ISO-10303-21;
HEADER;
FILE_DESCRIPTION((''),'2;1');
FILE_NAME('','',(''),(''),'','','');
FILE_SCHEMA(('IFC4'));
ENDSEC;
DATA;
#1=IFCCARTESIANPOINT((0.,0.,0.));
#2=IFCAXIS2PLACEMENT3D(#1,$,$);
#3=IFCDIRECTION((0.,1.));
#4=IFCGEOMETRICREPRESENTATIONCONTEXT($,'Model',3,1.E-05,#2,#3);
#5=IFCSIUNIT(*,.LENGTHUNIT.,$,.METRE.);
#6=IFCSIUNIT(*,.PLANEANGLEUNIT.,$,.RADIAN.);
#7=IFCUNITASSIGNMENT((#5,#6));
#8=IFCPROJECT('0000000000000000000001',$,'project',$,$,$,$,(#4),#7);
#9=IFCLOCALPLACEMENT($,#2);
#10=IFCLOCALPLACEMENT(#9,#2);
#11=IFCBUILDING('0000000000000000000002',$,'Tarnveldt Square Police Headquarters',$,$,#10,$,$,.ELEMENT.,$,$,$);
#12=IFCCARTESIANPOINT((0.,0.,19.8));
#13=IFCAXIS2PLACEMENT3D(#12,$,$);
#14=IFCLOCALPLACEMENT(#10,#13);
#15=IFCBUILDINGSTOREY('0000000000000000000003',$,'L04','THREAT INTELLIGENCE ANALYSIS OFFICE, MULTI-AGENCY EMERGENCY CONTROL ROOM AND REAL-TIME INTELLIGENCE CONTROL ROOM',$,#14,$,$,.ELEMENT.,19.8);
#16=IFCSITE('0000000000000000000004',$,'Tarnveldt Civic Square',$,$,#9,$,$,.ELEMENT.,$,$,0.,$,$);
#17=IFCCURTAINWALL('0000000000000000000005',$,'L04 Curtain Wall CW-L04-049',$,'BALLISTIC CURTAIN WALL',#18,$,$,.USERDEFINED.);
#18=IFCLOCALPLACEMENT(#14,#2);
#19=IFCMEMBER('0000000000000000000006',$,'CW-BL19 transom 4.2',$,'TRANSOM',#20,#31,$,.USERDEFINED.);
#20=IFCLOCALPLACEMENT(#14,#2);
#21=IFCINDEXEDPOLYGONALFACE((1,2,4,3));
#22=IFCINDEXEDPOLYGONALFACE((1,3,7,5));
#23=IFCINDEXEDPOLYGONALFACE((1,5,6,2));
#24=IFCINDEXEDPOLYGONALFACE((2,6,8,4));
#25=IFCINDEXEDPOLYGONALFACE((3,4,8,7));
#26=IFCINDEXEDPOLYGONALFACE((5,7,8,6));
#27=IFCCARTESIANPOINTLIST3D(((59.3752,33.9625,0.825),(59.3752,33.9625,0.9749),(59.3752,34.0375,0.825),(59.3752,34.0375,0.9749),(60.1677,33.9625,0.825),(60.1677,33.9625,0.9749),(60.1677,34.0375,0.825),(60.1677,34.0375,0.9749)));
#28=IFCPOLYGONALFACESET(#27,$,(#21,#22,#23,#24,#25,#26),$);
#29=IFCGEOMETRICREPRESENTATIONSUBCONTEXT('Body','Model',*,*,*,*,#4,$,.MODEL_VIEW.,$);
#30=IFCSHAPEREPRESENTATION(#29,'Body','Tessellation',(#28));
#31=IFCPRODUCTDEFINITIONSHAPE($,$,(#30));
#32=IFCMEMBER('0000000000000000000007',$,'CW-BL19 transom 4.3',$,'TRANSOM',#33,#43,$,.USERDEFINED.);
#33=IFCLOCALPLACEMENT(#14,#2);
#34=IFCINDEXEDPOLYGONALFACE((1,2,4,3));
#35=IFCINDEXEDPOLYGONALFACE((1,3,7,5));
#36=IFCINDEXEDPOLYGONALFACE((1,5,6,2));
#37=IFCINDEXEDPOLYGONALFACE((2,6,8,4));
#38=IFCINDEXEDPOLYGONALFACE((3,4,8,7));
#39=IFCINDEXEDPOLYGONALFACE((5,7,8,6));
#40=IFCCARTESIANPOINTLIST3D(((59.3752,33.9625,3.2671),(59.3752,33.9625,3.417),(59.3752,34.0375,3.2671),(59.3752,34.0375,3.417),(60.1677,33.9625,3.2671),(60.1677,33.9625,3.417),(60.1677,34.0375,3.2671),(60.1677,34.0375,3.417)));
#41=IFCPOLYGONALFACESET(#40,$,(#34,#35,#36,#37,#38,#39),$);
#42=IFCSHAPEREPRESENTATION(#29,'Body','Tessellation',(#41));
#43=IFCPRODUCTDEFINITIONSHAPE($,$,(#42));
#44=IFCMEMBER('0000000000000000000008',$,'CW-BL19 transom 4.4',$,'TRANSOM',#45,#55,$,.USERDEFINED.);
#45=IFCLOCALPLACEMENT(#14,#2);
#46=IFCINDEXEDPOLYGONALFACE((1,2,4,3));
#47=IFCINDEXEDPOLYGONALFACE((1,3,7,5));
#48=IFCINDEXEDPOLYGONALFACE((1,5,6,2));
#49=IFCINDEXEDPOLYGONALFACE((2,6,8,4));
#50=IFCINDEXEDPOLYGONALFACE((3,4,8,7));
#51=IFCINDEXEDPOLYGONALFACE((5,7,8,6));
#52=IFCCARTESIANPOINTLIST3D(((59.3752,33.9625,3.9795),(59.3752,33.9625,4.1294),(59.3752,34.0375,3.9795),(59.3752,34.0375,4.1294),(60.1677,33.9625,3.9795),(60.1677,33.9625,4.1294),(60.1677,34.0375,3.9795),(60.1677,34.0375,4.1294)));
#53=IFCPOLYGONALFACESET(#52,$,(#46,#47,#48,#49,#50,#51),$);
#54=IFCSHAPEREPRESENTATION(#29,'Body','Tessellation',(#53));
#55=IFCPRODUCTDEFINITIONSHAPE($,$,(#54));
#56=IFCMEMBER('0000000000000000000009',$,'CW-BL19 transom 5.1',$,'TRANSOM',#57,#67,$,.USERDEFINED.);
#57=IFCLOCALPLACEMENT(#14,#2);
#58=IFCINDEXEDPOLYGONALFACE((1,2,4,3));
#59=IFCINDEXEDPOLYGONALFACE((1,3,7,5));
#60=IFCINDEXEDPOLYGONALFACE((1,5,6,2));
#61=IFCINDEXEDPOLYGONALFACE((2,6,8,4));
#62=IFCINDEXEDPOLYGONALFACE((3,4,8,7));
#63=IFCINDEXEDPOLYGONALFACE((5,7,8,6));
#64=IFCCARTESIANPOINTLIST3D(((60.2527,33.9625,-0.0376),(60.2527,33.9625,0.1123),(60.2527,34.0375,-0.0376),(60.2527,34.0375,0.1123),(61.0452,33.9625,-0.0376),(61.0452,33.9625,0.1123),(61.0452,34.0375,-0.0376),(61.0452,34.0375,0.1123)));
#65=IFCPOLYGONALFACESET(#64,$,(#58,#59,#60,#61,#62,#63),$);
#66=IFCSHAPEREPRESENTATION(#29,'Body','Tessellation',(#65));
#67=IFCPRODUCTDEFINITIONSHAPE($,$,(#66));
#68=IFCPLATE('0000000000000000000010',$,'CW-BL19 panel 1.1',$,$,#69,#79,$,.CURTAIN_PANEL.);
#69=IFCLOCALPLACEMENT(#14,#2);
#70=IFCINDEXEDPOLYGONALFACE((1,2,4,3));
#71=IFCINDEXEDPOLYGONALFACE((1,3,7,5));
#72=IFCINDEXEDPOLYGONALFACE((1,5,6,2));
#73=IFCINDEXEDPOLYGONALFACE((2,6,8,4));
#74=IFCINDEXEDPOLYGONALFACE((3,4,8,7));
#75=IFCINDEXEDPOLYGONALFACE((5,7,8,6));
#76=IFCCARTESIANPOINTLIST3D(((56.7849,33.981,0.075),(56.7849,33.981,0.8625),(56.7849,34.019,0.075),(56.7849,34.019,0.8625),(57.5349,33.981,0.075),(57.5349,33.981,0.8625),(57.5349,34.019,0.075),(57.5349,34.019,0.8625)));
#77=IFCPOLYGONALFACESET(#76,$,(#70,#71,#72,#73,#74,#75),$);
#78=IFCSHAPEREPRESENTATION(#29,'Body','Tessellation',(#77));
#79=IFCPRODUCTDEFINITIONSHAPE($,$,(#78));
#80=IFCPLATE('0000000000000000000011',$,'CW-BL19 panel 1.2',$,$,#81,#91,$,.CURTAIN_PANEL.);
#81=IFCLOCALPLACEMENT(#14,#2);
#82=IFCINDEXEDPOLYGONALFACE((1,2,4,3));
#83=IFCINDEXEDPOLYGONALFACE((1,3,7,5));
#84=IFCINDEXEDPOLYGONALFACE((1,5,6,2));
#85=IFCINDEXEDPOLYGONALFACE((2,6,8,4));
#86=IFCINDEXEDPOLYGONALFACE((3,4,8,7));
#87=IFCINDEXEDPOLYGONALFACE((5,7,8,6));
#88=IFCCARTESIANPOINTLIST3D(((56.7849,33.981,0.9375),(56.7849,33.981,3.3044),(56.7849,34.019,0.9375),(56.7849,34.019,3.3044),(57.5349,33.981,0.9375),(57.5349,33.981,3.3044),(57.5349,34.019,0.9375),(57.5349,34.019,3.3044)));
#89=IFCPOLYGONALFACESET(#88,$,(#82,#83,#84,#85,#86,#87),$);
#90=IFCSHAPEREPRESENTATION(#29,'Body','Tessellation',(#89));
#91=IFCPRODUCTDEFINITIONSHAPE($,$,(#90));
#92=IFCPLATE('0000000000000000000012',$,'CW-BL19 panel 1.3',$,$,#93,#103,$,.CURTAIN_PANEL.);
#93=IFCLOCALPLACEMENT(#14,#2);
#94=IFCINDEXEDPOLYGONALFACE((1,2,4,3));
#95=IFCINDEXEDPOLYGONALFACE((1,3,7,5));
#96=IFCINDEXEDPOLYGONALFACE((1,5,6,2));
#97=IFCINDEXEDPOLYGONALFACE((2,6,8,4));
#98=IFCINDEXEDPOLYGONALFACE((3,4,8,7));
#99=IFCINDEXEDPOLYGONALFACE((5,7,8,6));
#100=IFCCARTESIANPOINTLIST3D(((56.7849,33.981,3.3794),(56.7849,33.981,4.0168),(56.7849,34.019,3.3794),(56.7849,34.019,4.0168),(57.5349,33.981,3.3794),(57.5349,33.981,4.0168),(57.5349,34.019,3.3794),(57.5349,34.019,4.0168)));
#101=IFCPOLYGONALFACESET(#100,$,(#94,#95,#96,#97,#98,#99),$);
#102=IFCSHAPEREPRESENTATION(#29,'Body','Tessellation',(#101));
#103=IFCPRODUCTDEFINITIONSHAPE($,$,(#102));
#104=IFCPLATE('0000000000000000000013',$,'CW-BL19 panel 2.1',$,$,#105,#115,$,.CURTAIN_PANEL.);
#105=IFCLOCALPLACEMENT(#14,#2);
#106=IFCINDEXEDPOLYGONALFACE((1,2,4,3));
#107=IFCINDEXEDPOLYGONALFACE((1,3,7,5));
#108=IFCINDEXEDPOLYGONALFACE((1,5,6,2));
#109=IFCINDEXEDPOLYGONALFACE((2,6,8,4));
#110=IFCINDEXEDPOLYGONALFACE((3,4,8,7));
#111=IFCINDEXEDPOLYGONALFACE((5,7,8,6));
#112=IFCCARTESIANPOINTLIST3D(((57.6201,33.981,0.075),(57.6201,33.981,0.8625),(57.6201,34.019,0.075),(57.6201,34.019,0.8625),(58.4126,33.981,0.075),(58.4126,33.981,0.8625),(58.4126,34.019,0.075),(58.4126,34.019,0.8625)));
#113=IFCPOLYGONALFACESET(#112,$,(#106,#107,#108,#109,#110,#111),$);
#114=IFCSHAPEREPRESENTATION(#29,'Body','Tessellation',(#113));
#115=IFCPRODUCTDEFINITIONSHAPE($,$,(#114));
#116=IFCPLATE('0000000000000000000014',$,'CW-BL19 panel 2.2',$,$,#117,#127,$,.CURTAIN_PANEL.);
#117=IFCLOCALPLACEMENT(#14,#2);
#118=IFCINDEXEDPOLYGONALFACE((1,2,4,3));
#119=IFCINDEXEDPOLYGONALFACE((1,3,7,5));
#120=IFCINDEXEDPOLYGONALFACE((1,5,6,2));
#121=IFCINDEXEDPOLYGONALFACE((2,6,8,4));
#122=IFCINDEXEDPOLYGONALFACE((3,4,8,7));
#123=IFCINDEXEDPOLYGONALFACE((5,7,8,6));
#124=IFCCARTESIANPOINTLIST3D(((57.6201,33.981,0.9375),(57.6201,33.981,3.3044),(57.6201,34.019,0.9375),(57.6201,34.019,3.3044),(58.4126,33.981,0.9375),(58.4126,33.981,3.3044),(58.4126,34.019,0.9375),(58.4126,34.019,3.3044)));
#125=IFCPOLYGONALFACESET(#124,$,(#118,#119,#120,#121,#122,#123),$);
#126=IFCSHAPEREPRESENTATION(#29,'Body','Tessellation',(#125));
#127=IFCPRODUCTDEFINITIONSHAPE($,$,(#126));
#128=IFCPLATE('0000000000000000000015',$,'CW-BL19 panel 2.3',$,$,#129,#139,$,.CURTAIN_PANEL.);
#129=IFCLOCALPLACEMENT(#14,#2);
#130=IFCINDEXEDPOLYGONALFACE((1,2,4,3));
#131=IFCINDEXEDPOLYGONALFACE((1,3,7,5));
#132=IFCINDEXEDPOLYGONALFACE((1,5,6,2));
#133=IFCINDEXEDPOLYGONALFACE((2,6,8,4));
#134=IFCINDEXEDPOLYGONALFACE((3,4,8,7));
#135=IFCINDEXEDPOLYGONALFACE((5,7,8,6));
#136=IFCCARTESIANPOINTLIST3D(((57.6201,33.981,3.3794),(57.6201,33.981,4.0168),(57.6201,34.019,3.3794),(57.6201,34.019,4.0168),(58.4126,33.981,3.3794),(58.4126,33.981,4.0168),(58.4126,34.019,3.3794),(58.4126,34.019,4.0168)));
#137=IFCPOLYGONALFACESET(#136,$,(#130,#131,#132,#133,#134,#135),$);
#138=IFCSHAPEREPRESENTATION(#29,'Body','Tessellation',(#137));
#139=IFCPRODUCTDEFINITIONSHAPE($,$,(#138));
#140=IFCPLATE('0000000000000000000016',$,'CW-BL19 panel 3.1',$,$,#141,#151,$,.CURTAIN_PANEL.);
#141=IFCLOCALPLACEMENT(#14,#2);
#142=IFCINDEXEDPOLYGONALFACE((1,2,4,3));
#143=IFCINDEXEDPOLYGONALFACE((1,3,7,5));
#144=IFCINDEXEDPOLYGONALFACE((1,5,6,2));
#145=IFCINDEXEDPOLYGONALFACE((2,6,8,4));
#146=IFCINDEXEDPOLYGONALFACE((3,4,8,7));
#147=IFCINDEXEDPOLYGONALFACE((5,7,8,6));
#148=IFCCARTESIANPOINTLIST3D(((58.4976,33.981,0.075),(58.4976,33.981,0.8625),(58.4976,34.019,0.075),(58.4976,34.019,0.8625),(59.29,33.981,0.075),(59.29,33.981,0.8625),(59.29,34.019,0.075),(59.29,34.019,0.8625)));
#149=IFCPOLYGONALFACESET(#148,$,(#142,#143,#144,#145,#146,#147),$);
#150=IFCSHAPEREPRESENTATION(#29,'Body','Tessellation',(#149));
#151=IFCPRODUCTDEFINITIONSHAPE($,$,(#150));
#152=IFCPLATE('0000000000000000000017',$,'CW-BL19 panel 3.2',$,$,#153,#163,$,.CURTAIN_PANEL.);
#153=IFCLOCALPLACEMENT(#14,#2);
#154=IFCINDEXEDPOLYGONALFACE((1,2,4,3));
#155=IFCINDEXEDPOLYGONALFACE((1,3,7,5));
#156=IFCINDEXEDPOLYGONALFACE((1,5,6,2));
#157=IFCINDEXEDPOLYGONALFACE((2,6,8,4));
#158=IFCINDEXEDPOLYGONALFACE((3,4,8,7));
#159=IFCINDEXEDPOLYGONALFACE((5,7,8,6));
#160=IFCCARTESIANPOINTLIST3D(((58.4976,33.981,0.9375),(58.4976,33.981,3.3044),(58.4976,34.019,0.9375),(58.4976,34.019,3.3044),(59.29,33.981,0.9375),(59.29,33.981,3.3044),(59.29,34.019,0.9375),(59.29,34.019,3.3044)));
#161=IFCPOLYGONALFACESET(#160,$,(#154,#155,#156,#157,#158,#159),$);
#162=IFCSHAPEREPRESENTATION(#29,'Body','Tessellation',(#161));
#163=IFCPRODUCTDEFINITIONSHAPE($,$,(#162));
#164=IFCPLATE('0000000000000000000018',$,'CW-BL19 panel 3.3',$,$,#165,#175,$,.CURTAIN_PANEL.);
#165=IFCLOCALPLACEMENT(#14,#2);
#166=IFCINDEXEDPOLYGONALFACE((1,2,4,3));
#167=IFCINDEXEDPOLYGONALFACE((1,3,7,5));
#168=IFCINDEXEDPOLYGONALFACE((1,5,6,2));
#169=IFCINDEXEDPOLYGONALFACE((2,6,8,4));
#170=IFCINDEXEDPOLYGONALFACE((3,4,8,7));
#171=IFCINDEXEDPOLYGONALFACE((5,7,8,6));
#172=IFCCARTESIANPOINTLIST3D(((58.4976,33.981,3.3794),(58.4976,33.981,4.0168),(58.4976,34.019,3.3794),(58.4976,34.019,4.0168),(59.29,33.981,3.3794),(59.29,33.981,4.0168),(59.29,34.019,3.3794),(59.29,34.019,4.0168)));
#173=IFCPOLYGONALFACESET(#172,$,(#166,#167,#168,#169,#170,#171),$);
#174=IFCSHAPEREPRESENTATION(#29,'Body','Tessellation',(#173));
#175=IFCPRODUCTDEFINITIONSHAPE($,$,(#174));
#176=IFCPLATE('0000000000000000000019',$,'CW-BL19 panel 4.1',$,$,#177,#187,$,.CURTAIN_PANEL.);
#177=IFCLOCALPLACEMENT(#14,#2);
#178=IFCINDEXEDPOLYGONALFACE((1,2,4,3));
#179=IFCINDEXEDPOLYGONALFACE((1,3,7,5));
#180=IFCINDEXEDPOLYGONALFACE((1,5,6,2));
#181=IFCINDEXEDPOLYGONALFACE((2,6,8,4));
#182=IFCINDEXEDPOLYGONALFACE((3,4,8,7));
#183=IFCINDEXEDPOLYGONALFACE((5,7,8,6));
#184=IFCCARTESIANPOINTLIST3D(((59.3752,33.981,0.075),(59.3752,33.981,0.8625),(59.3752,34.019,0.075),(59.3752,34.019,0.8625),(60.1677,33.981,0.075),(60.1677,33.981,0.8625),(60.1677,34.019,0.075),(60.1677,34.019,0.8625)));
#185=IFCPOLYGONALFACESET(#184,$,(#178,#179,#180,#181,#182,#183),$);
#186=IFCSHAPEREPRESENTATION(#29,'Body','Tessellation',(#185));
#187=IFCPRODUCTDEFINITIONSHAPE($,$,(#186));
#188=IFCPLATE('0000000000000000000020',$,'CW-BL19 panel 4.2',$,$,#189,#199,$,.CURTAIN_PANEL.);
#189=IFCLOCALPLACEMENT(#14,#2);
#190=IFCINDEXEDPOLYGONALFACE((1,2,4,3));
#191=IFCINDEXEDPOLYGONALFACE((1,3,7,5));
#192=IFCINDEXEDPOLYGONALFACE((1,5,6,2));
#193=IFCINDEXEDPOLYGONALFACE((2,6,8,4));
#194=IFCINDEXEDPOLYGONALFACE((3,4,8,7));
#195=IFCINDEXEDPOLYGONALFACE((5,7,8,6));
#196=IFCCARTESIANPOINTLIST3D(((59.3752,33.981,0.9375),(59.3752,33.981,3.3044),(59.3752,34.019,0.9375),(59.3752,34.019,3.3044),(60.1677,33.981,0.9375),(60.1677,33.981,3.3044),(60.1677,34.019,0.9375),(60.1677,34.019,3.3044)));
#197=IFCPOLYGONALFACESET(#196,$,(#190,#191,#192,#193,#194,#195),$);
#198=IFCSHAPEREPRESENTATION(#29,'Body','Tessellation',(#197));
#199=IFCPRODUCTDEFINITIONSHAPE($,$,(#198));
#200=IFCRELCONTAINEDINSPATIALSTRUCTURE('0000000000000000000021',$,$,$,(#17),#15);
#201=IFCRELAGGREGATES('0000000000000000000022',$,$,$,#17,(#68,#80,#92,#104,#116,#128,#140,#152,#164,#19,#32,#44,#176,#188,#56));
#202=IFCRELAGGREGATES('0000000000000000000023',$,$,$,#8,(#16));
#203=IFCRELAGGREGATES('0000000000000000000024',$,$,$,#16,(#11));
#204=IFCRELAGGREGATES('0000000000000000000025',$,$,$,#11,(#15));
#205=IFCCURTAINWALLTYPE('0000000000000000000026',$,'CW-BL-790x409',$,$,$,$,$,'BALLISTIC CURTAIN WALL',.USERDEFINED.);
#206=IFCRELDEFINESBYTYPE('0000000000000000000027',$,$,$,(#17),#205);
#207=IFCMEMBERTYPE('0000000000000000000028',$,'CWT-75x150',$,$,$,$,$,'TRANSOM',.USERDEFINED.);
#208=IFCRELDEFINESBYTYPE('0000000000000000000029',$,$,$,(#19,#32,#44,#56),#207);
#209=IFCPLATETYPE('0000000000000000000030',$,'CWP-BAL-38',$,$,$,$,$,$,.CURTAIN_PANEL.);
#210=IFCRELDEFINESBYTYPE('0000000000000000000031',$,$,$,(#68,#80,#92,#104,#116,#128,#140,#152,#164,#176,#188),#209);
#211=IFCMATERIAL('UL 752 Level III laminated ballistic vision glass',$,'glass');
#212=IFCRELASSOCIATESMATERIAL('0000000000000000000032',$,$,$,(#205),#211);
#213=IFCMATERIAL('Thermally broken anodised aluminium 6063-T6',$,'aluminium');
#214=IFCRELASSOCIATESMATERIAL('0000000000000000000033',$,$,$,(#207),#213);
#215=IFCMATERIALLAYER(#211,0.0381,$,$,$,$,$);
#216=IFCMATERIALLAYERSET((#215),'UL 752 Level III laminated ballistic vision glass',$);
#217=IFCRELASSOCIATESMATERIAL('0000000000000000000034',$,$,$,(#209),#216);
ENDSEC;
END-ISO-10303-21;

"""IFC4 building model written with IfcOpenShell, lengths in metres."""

from ifc_helpers import new_model, si_unit, direction, frame, origin, origin_2d, place, context, subcontext, project, spatial, rectangle, extrude, material, layer, layer_set, material_profile, profile_set, type_object, element, aggregate, save


model = new_model("IFC4")

# Units and contexts
model_context = context("Model", 3, precision=1e-05, world=origin(), true_north=direction((0.0, 1.0)))
body_context = subcontext(model_context, "Body", "Model", "MODEL_VIEW")
ifc_project = project(units=[si_unit("LENGTHUNIT", "METRE"), si_unit("PLANEANGLEUNIT", "RADIAN")], contexts=[model_context])

# Site, building, storey
site_placement = place(None, origin())
site = spatial("IfcSite", under=ifc_project, at=site_placement, Name="Tarnveldt Civic Square", CompositionType="ELEMENT", RefElevation=0.0)
building_placement = place(site_placement, origin())
building = spatial("IfcBuilding", under=site, at=building_placement, Name="Tarnveldt Square Police Headquarters", CompositionType="ELEMENT")
storey_placement = place(building_placement, frame((0.0, 0.0, 19.8)))
storey = spatial("IfcBuildingStorey", under=building, at=storey_placement, Name="L04", Description="THREAT INTELLIGENCE ANALYSIS OFFICE, MULTI-AGENCY EMERGENCY CONTROL ROOM AND REAL-TIME INTELLIGENCE CONTROL ROOM", CompositionType="ELEMENT", Elevation=19.8)

# Curtain wall, members, plates
ifc_material_1 = material(Name="UL 752 Level III laminated ballistic vision glass", Category="glass")
curtain_wall_type = type_object("IfcCurtainWallType", Name="CW-BL-790x409", ElementType="BALLISTIC CURTAIN WALL", PredefinedType="USERDEFINED", material=ifc_material_1)
curtain_wall_placement = place(storey_placement, origin())
curtain_wall = element("IfcCurtainWall", 1, at=curtain_wall_placement, inside=storey, type_object=curtain_wall_type, Name="L04 Curtain Wall CW-L04-049", ObjectType="BALLISTIC CURTAIN WALL", PredefinedType="USERDEFINED")
ifc_material_2 = material(Name="Thermally broken anodised aluminium 6063-T6", Category="aluminium")
ifc_material_profile_1 = material_profile(ifc_material_2, rectangle(XDim=0.075, YDim=0.1499, at=origin_2d()), Name="CW-T75x150")
ifc_profile_set_1 = profile_set([ifc_material_profile_1], Name="Thermally broken anodised aluminium 6063-T6")
member_type_1 = type_object("IfcMemberType", Name="CWT-75x150", ElementType="TRANSOM", PredefinedType="USERDEFINED", material=ifc_profile_set_1)
member_1_placement = place(storey_placement, frame((59.3752, 34.0, 0.8999), z_axis=(1.0, 0.0, 0.0), x_axis=(0.0, 1.0, 0.0)))
member_1 = element("IfcMember", 2, at=member_1_placement, type_object=member_type_1, Name="CW-BL19 transom 4.2", ObjectType="TRANSOM", PredefinedType="USERDEFINED", context=body_context, shape_type="SweptSolid", body=[
    extrude(rectangle(XDim=0.075, YDim=0.1499, at=origin_2d()), origin(), (0.0, 0.0, 1.0), 0.7925),
])
member_2_placement = place(storey_placement, frame((59.3752, 34.0, 3.342), z_axis=(1.0, 0.0, 0.0), x_axis=(0.0, 1.0, 0.0)))
member_2 = element("IfcMember", 3, at=member_2_placement, type_object=member_type_1, Name="CW-BL19 transom 4.3", ObjectType="TRANSOM", PredefinedType="USERDEFINED", context=body_context, shape_type="SweptSolid", body=[
    extrude(rectangle(XDim=0.075, YDim=0.1499, at=origin_2d()), origin(), (0.0, 0.0, 1.0), 0.7925),
])
member_3_placement = place(storey_placement, frame((59.3752, 34.0, 4.0544), z_axis=(1.0, 0.0, 0.0), x_axis=(0.0, 1.0, 0.0)))
member_3 = element("IfcMember", 4, at=member_3_placement, type_object=member_type_1, Name="CW-BL19 transom 4.4", ObjectType="TRANSOM", PredefinedType="USERDEFINED", context=body_context, shape_type="SweptSolid", body=[
    extrude(rectangle(XDim=0.075, YDim=0.1499, at=origin_2d()), origin(), (0.0, 0.0, 1.0), 0.7925),
])
member_4_placement = place(storey_placement, frame((60.2527, 34.0, 0.0374), z_axis=(1.0, 0.0, 0.0), x_axis=(0.0, 1.0, 0.0)))
member_4 = element("IfcMember", 5, at=member_4_placement, type_object=member_type_1, Name="CW-BL19 transom 5.1", ObjectType="TRANSOM", PredefinedType="USERDEFINED", context=body_context, shape_type="SweptSolid", body=[
    extrude(rectangle(XDim=0.075, YDim=0.1499, at=origin_2d()), origin(), (0.0, 0.0, 1.0), 0.7925),
])
ifc_layer = layer(ifc_material_1, 0.0381)
ifc_layer_set = layer_set([ifc_layer], Name="UL 752 Level III laminated ballistic vision glass")
plate_type = type_object("IfcPlateType", Name="CWP-BAL-38", PredefinedType="CURTAIN_PANEL", material=ifc_layer_set)
plate_1_placement = place(storey_placement, frame((57.1599, 34.0, 0.075), z_axis=(0.0, 0.0, 1.0), x_axis=(1.0, 0.0, 0.0)))
plate_1 = element("IfcPlate", 6, at=plate_1_placement, type_object=plate_type, Name="CW-BL19 panel 1.1", PredefinedType="CURTAIN_PANEL", context=body_context, shape_type="SweptSolid", body=[
    extrude(rectangle(XDim=0.75, YDim=0.0381, at=origin_2d()), origin(), (0.0, 0.0, 1.0), 0.7876),
])
plate_2_placement = place(storey_placement, frame((57.1599, 34.0, 0.9375), z_axis=(0.0, 0.0, 1.0), x_axis=(1.0, 0.0, 0.0)))
plate_2 = element("IfcPlate", 7, at=plate_2_placement, type_object=plate_type, Name="CW-BL19 panel 1.2", PredefinedType="CURTAIN_PANEL", context=body_context, shape_type="SweptSolid", body=[
    extrude(rectangle(XDim=0.75, YDim=0.0381, at=origin_2d()), origin(), (0.0, 0.0, 1.0), 2.3669),
])
plate_3_placement = place(storey_placement, frame((57.1599, 34.0, 3.3794), z_axis=(0.0, 0.0, 1.0), x_axis=(1.0, 0.0, 0.0)))
plate_3 = element("IfcPlate", 8, at=plate_3_placement, type_object=plate_type, Name="CW-BL19 panel 1.3", PredefinedType="CURTAIN_PANEL", context=body_context, shape_type="SweptSolid", body=[
    extrude(rectangle(XDim=0.75, YDim=0.0381, at=origin_2d()), origin(), (0.0, 0.0, 1.0), 0.6375),
])
plate_4_placement = place(storey_placement, frame((58.0164, 34.0, 0.075), z_axis=(0.0, 0.0, 1.0), x_axis=(1.0, 0.0, 0.0)))
plate_4 = element("IfcPlate", 9, at=plate_4_placement, type_object=plate_type, Name="CW-BL19 panel 2.1", PredefinedType="CURTAIN_PANEL", context=body_context, shape_type="SweptSolid", body=[
    extrude(rectangle(XDim=0.7925, YDim=0.0381, at=origin_2d()), origin(), (0.0, 0.0, 1.0), 0.7876),
])
plate_5_placement = place(storey_placement, frame((58.0164, 34.0, 0.9375), z_axis=(0.0, 0.0, 1.0), x_axis=(1.0, 0.0, 0.0)))
plate_5 = element("IfcPlate", 10, at=plate_5_placement, type_object=plate_type, Name="CW-BL19 panel 2.2", PredefinedType="CURTAIN_PANEL", context=body_context, shape_type="SweptSolid", body=[
    extrude(rectangle(XDim=0.7925, YDim=0.0381, at=origin_2d()), origin(), (0.0, 0.0, 1.0), 2.3669),
])
plate_6_placement = place(storey_placement, frame((58.0164, 34.0, 3.3794), z_axis=(0.0, 0.0, 1.0), x_axis=(1.0, 0.0, 0.0)))
plate_6 = element("IfcPlate", 11, at=plate_6_placement, type_object=plate_type, Name="CW-BL19 panel 2.3", PredefinedType="CURTAIN_PANEL", context=body_context, shape_type="SweptSolid", body=[
    extrude(rectangle(XDim=0.7925, YDim=0.0381, at=origin_2d()), origin(), (0.0, 0.0, 1.0), 0.6375),
])
plate_7_placement = place(storey_placement, frame((58.8938, 34.0, 0.075), z_axis=(0.0, 0.0, 1.0), x_axis=(1.0, 0.0, 0.0)))
plate_7 = element("IfcPlate", 12, at=plate_7_placement, type_object=plate_type, Name="CW-BL19 panel 3.1", PredefinedType="CURTAIN_PANEL", context=body_context, shape_type="SweptSolid", body=[
    extrude(rectangle(XDim=0.7925, YDim=0.0381, at=origin_2d()), origin(), (0.0, 0.0, 1.0), 0.7876),
])
plate_8_placement = place(storey_placement, frame((58.8938, 34.0, 0.9375), z_axis=(0.0, 0.0, 1.0), x_axis=(1.0, 0.0, 0.0)))
plate_8 = element("IfcPlate", 13, at=plate_8_placement, type_object=plate_type, Name="CW-BL19 panel 3.2", PredefinedType="CURTAIN_PANEL", context=body_context, shape_type="SweptSolid", body=[
    extrude(rectangle(XDim=0.7925, YDim=0.0381, at=origin_2d()), origin(), (0.0, 0.0, 1.0), 2.3669),
])
plate_9_placement = place(storey_placement, frame((58.8938, 34.0, 3.3794), z_axis=(0.0, 0.0, 1.0), x_axis=(1.0, 0.0, 0.0)))
plate_9 = element("IfcPlate", 14, at=plate_9_placement, type_object=plate_type, Name="CW-BL19 panel 3.3", PredefinedType="CURTAIN_PANEL", context=body_context, shape_type="SweptSolid", body=[
    extrude(rectangle(XDim=0.7925, YDim=0.0381, at=origin_2d()), origin(), (0.0, 0.0, 1.0), 0.6375),
])
plate_10_placement = place(storey_placement, frame((59.7715, 34.0, 0.075), z_axis=(0.0, 0.0, 1.0), x_axis=(1.0, 0.0, 0.0)))
plate_10 = element("IfcPlate", 15, at=plate_10_placement, type_object=plate_type, Name="CW-BL19 panel 4.1", PredefinedType="CURTAIN_PANEL", context=body_context, shape_type="SweptSolid", body=[
    extrude(rectangle(XDim=0.7925, YDim=0.0381, at=origin_2d()), origin(), (0.0, 0.0, 1.0), 0.7876),
])
plate_11_placement = place(storey_placement, frame((59.7715, 34.0, 0.9375), z_axis=(0.0, 0.0, 1.0), x_axis=(1.0, 0.0, 0.0)))
plate_11 = element("IfcPlate", 16, at=plate_11_placement, type_object=plate_type, Name="CW-BL19 panel 4.2", PredefinedType="CURTAIN_PANEL", context=body_context, shape_type="SweptSolid", body=[
    extrude(rectangle(XDim=0.7925, YDim=0.0381, at=origin_2d()), origin(), (0.0, 0.0, 1.0), 2.3669),
])
aggregate(curtain_wall, [plate_1, plate_2, plate_3, plate_4, plate_5, plate_6, plate_7, plate_8, plate_9, member_1, member_2, member_3, plate_10, plate_11, member_4])

save(model, "model.ifc")
